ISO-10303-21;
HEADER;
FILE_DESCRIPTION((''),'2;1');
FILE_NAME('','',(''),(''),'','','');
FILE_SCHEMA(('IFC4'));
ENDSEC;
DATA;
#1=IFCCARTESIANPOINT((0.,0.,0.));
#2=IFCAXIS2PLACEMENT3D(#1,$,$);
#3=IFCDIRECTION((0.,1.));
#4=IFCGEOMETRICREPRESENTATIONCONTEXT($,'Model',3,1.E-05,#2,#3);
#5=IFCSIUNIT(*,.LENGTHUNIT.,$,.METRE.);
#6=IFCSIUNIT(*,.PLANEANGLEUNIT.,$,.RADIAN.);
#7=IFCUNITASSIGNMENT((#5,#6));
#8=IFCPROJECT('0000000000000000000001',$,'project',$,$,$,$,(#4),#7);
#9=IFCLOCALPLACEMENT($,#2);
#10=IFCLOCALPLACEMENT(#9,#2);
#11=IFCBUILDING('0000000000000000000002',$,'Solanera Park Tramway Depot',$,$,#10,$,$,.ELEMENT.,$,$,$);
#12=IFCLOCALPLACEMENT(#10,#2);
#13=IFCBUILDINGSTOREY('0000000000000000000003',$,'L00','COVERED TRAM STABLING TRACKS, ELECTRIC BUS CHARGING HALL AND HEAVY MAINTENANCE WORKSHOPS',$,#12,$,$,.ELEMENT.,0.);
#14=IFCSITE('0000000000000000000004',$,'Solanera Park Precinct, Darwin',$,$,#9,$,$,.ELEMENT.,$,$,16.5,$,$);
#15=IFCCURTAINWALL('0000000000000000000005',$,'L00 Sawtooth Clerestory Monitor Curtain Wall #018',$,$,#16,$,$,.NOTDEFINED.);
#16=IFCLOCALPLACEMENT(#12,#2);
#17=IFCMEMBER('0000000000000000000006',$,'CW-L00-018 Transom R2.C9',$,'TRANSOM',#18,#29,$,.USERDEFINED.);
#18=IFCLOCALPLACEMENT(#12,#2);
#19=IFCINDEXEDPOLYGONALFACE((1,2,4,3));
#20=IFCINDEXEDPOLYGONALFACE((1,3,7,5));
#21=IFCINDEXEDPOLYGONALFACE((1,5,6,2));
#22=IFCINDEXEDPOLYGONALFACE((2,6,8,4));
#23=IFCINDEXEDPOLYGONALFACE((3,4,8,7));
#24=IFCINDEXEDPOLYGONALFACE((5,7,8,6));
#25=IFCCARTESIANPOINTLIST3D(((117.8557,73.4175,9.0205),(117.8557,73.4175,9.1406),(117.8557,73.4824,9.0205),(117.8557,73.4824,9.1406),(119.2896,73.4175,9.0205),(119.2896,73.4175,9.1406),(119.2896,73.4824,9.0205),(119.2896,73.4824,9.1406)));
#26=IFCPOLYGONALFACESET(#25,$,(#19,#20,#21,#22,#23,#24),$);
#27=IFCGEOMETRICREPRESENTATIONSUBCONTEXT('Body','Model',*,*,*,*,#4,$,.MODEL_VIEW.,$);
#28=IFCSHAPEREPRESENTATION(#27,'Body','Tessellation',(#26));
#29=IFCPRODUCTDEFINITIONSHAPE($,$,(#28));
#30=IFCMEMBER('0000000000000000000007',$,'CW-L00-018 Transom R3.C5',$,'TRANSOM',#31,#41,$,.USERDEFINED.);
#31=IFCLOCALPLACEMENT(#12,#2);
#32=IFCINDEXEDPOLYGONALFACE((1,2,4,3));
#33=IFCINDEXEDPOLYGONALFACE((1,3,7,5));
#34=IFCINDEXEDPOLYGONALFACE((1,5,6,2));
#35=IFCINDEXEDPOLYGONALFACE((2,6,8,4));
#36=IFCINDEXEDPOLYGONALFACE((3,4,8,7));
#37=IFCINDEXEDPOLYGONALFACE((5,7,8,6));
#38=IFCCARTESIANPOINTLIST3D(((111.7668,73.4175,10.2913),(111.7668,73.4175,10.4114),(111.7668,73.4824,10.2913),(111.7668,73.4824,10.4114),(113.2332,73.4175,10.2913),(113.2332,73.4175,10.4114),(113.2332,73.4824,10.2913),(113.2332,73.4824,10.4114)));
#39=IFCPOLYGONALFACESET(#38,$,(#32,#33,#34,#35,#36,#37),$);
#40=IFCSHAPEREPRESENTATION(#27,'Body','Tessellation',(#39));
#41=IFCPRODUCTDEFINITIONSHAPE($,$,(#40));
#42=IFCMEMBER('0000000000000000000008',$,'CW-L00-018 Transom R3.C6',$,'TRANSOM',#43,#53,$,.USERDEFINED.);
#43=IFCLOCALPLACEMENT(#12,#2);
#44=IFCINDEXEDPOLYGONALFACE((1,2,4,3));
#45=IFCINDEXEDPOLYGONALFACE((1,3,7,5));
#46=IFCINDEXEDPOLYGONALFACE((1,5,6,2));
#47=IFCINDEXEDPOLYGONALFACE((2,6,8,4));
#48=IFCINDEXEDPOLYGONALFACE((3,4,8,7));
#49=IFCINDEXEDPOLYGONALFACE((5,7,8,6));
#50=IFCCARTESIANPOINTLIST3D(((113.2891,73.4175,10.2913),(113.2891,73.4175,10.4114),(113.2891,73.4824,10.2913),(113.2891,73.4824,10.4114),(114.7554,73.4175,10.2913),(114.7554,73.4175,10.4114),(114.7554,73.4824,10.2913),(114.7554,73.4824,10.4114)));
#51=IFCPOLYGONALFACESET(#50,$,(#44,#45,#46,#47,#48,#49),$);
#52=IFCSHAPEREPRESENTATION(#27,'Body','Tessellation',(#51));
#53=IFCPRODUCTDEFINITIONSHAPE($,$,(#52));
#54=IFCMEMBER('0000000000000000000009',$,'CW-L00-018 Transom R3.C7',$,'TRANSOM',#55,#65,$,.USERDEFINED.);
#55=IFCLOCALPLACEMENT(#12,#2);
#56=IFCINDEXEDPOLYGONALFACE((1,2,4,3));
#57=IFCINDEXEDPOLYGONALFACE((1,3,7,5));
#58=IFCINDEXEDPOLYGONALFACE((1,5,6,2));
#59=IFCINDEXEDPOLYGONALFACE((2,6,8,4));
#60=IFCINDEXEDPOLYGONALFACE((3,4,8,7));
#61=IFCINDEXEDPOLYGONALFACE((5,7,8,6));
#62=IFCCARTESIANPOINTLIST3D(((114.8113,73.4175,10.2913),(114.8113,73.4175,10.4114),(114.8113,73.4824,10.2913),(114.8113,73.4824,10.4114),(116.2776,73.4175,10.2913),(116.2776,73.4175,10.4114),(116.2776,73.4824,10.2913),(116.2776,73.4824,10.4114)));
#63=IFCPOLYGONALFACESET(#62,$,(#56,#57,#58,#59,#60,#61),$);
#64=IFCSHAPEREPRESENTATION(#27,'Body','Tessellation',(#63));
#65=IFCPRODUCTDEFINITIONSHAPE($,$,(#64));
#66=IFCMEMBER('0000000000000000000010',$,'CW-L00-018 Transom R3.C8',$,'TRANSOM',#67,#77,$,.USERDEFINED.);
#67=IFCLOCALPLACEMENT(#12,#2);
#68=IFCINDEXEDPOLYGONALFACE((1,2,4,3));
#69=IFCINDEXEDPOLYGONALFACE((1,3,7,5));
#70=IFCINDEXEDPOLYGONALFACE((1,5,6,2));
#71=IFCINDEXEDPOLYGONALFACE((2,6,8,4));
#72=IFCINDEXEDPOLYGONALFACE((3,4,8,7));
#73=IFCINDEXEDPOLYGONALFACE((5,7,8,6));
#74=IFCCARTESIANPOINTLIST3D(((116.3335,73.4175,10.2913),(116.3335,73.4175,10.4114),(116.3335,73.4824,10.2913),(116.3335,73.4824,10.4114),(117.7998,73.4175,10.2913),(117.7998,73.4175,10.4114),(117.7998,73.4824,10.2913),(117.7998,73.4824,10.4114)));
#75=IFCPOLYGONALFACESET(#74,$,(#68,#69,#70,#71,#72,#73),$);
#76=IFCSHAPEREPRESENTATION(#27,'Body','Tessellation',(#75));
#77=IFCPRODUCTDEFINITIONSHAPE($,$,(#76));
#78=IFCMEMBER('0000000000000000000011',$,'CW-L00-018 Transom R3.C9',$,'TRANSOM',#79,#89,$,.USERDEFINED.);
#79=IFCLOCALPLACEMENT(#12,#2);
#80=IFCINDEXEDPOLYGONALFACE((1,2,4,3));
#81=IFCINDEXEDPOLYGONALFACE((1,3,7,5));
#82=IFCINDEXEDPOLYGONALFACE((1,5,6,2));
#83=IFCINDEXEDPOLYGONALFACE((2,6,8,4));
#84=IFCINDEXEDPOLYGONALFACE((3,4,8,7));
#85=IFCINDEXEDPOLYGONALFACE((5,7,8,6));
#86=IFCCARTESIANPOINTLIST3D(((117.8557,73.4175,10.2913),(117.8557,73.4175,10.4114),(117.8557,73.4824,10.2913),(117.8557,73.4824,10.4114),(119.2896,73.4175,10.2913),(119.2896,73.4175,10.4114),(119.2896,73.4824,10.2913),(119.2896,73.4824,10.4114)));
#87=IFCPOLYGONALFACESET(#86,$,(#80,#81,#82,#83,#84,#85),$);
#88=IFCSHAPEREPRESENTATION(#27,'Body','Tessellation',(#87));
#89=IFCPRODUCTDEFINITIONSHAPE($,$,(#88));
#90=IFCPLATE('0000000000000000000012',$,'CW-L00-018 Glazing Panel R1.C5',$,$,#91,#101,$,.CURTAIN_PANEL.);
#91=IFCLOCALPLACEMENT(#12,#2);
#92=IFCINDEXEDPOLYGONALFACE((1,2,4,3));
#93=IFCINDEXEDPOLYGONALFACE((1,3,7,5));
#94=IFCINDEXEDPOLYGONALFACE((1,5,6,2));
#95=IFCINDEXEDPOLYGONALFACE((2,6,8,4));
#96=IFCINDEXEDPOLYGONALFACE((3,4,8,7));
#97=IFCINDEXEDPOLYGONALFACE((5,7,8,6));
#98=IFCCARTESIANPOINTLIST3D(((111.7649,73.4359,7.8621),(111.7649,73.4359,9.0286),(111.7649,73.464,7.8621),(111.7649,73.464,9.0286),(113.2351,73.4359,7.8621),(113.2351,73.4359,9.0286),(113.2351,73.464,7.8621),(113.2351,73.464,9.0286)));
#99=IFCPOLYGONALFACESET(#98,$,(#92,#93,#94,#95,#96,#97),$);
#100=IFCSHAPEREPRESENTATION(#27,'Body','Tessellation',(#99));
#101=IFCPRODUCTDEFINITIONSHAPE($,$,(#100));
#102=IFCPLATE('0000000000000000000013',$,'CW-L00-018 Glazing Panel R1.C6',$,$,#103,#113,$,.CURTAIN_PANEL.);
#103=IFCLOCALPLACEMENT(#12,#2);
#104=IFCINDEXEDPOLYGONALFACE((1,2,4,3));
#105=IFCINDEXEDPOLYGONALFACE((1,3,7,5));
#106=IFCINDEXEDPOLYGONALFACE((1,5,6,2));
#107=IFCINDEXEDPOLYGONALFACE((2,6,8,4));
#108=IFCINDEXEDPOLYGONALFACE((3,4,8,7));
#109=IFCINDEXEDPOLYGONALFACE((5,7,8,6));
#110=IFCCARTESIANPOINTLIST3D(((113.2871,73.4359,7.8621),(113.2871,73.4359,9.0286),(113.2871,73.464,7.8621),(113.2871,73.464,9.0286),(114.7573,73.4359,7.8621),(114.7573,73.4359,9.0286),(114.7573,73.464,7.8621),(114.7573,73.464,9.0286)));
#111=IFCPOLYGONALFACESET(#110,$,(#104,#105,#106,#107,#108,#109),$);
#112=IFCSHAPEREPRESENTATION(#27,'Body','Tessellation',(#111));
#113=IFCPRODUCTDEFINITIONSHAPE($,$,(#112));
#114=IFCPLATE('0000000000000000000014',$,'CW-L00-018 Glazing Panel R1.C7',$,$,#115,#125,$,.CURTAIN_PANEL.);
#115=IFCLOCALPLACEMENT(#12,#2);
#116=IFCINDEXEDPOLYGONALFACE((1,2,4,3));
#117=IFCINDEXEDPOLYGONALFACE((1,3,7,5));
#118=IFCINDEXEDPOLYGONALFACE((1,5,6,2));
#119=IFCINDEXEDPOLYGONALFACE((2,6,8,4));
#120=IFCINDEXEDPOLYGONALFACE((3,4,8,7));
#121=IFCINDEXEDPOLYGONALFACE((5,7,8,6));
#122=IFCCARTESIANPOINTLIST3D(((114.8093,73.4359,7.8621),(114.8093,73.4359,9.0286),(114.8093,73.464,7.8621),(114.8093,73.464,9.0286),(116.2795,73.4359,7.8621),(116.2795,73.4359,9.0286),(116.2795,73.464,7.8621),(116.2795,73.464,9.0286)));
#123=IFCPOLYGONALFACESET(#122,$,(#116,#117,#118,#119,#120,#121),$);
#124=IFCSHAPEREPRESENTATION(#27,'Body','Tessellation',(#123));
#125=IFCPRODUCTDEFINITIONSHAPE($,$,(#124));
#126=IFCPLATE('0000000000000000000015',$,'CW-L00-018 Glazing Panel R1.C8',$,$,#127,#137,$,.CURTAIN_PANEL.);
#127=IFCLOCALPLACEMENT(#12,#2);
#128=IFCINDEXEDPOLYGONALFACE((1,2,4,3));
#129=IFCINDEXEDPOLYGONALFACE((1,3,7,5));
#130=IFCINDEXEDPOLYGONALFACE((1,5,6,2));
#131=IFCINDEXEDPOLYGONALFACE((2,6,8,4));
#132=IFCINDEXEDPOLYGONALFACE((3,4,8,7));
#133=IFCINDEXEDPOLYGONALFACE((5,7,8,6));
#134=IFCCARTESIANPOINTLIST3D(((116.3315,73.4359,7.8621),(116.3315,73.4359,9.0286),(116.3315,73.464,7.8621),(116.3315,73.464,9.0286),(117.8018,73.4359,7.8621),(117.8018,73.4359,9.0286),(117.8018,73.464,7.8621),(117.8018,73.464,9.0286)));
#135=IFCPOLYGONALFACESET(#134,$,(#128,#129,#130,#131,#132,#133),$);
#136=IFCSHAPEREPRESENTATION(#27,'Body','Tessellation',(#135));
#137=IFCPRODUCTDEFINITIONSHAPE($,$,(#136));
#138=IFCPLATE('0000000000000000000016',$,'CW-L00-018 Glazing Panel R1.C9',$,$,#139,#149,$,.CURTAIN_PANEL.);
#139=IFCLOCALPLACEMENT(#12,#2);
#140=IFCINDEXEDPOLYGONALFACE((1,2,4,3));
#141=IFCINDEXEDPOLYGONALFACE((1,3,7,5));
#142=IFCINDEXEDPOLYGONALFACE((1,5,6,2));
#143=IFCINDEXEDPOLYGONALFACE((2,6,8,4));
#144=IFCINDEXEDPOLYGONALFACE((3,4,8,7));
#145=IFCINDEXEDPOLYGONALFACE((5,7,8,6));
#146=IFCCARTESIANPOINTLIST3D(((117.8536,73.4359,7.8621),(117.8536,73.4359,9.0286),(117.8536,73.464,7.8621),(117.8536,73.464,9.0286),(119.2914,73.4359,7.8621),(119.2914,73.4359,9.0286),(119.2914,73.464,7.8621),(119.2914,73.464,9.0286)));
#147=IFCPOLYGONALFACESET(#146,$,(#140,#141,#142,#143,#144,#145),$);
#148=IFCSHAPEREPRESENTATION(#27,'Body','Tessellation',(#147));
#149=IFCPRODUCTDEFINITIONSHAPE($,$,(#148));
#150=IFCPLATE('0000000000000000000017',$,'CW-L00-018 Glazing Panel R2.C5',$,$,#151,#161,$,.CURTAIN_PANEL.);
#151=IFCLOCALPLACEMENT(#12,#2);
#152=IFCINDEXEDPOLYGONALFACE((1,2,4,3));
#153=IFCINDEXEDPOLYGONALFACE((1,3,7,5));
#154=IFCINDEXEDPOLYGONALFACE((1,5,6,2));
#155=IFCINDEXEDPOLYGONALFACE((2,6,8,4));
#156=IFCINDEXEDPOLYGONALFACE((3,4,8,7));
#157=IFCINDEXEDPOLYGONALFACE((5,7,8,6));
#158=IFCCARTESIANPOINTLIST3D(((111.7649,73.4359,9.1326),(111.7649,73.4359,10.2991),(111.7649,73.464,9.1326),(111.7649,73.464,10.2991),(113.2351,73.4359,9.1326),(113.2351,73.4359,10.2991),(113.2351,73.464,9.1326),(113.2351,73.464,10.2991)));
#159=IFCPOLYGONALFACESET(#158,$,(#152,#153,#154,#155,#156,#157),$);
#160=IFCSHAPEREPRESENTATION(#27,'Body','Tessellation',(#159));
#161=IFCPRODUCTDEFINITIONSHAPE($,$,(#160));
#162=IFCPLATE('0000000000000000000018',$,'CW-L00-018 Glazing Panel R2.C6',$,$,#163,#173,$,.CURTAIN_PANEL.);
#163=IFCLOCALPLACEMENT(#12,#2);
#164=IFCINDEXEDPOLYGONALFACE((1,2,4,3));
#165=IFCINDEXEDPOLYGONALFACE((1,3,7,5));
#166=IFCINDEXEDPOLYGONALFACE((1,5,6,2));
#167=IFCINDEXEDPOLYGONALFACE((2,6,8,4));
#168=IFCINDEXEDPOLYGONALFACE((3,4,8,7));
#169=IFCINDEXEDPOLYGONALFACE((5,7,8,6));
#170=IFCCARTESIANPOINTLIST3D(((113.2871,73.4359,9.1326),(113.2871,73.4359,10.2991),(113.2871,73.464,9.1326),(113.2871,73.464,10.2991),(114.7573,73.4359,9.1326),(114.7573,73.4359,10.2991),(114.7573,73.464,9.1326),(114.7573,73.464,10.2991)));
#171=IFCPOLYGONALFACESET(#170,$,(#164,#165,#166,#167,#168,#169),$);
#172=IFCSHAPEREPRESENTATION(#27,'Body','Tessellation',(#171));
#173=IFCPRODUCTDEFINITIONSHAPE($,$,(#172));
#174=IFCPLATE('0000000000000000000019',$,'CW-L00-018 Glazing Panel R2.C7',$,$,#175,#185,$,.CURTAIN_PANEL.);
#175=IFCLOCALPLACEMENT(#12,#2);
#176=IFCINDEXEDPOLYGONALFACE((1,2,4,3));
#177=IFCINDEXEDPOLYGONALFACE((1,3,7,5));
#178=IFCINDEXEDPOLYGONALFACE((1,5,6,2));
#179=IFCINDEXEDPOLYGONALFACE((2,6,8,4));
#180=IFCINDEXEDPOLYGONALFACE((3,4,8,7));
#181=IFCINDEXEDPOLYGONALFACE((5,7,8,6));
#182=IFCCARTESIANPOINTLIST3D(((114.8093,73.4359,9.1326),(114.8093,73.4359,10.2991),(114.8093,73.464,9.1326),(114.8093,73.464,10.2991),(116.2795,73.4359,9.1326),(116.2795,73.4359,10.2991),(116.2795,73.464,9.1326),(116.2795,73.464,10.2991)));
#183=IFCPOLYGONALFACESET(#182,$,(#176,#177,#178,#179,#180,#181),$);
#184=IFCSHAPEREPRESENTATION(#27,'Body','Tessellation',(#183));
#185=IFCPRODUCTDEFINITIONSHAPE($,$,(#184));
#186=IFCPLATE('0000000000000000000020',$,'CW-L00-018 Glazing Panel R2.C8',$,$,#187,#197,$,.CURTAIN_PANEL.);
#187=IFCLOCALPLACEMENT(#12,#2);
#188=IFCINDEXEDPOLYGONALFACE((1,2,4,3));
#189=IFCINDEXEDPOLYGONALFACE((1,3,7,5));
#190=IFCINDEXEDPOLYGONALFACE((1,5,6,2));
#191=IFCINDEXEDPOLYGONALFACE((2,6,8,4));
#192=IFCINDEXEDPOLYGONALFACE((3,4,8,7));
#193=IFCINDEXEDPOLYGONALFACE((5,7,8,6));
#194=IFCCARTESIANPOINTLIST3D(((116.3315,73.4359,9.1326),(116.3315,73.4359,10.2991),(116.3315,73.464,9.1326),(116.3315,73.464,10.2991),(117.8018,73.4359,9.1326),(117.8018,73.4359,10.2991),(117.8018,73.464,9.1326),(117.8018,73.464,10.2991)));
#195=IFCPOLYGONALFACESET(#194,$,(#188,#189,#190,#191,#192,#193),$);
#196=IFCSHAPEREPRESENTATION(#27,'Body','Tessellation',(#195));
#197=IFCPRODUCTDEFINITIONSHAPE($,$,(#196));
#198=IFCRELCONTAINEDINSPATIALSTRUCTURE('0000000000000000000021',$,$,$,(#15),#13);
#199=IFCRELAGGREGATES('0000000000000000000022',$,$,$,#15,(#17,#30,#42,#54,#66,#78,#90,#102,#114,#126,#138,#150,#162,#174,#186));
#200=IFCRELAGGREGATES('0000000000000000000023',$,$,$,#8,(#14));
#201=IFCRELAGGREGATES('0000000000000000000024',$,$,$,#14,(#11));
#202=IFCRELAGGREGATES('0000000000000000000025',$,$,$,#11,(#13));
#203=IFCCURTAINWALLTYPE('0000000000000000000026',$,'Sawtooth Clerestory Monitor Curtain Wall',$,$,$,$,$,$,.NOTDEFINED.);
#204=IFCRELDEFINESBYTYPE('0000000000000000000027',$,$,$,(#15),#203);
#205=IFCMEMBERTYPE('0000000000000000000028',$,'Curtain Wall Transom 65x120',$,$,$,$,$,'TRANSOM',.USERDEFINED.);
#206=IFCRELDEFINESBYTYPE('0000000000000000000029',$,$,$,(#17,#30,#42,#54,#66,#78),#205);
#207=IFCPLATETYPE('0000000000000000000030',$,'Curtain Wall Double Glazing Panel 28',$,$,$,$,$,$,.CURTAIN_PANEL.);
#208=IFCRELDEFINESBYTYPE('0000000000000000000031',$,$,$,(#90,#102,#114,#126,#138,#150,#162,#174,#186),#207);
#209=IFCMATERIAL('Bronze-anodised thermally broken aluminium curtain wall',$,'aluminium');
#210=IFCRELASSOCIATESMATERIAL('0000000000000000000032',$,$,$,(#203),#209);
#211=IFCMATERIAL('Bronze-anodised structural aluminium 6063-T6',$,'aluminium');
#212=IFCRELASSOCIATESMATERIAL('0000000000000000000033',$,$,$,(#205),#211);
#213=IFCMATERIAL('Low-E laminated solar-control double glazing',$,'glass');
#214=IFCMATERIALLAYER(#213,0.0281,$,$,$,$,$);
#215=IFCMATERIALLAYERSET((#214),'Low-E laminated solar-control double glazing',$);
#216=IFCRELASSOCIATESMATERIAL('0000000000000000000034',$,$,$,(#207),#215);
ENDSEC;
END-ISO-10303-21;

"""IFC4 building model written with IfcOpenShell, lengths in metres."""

from ifc_helpers import new_model, si_unit, direction, frame, origin, origin_2d, place, context, subcontext, project, spatial, rectangle, extrude, material, layer, layer_set, material_profile, profile_set, type_object, element, aggregate, save


model = new_model("IFC4")

# Units and contexts
model_context = context("Model", 3, precision=1e-05, world=origin(), true_north=direction((0.0, 1.0)))
body_context = subcontext(model_context, "Body", "Model", "MODEL_VIEW")
ifc_project = project(units=[si_unit("LENGTHUNIT", "METRE"), si_unit("PLANEANGLEUNIT", "RADIAN")], contexts=[model_context])

# Site, building, storey
site_placement = place(None, origin())
site = spatial("IfcSite", under=ifc_project, at=site_placement, Name="Solanera Park Precinct, Darwin", CompositionType="ELEMENT", RefElevation=16.5)
building_placement = place(site_placement, origin())
building = spatial("IfcBuilding", under=site, at=building_placement, Name="Solanera Park Tramway Depot", CompositionType="ELEMENT")
storey_placement = place(building_placement, origin())
storey = spatial("IfcBuildingStorey", under=building, at=storey_placement, Name="L00", Description="COVERED TRAM STABLING TRACKS, ELECTRIC BUS CHARGING HALL AND HEAVY MAINTENANCE WORKSHOPS", CompositionType="ELEMENT", Elevation=0.0)

# Curtain wall, members, plates
ifc_material_1 = material(Name="Bronze-anodised thermally broken aluminium curtain wall", Category="aluminium")
curtain_wall_type = type_object("IfcCurtainWallType", Name="Sawtooth Clerestory Monitor Curtain Wall", PredefinedType="NOTDEFINED", material=ifc_material_1)
curtain_wall_placement = place(storey_placement, origin())
curtain_wall = element("IfcCurtainWall", 1, at=curtain_wall_placement, inside=storey, type_object=curtain_wall_type, Name="L00 Sawtooth Clerestory Monitor Curtain Wall #018", PredefinedType="NOTDEFINED")
ifc_material_2 = material(Name="Bronze-anodised structural aluminium 6063-T6", Category="aluminium")
ifc_material_profile_1 = material_profile(ifc_material_2, rectangle(XDim=0.0649, YDim=0.1201, at=origin_2d()), Name="Curtain Wall Transom 65x120")
ifc_profile_set_1 = profile_set([ifc_material_profile_1], Name="Bronze-anodised structural aluminium 6063-T6")
member_type_1 = type_object("IfcMemberType", Name="Curtain Wall Transom 65x120", ElementType="TRANSOM", PredefinedType="USERDEFINED", material=ifc_profile_set_1)
member_1_placement = place(storey_placement, frame((117.8557, 73.45, 9.0806), z_axis=(1.0, 0.0, 0.0), x_axis=(0.0, 1.0, 0.0)))
member_1 = element("IfcMember", 2, at=member_1_placement, type_object=member_type_1, Name="CW-L00-018 Transom R2.C9", ObjectType="TRANSOM", PredefinedType="USERDEFINED", context=body_context, shape_type="SweptSolid", body=[
    extrude(rectangle(XDim=0.0649, YDim=0.1201, at=origin_2d()), origin(), (0.0, 0.0, 1.0), 1.4338),
])
member_2_placement = place(storey_placement, frame((111.7668, 73.45, 10.3513), z_axis=(1.0, 0.0, 0.0), x_axis=(0.0, 1.0, 0.0)))
member_2 = element("IfcMember", 3, at=member_2_placement, type_object=member_type_1, Name="CW-L00-018 Transom R3.C5", ObjectType="TRANSOM", PredefinedType="USERDEFINED", context=body_context, shape_type="SweptSolid", body=[
    extrude(rectangle(XDim=0.0649, YDim=0.1201, at=origin_2d()), origin(), (0.0, 0.0, 1.0), 1.4663),
])
member_3_placement = place(storey_placement, frame((113.2891, 73.45, 10.3513), z_axis=(1.0, 0.0, 0.0), x_axis=(0.0, 1.0, 0.0)))
member_3 = element("IfcMember", 4, at=member_3_placement, type_object=member_type_1, Name="CW-L00-018 Transom R3.C6", ObjectType="TRANSOM", PredefinedType="USERDEFINED", context=body_context, shape_type="SweptSolid", body=[
    extrude(rectangle(XDim=0.0649, YDim=0.1201, at=origin_2d()), origin(), (0.0, 0.0, 1.0), 1.4663),
])
member_4_placement = place(storey_placement, frame((114.8113, 73.45, 10.3513), z_axis=(1.0, 0.0, 0.0), x_axis=(0.0, 1.0, 0.0)))
member_4 = element("IfcMember", 5, at=member_4_placement, type_object=member_type_1, Name="CW-L00-018 Transom R3.C7", ObjectType="TRANSOM", PredefinedType="USERDEFINED", context=body_context, shape_type="SweptSolid", body=[
    extrude(rectangle(XDim=0.0649, YDim=0.1201, at=origin_2d()), origin(), (0.0, 0.0, 1.0), 1.4663),
])
member_5_placement = place(storey_placement, frame((116.3335, 73.45, 10.3513), z_axis=(1.0, 0.0, 0.0), x_axis=(0.0, 1.0, 0.0)))
member_5 = element("IfcMember", 6, at=member_5_placement, type_object=member_type_1, Name="CW-L00-018 Transom R3.C8", ObjectType="TRANSOM", PredefinedType="USERDEFINED", context=body_context, shape_type="SweptSolid", body=[
    extrude(rectangle(XDim=0.0649, YDim=0.1201, at=origin_2d()), origin(), (0.0, 0.0, 1.0), 1.4663),
])
member_6_placement = place(storey_placement, frame((117.8557, 73.45, 10.3513), z_axis=(1.0, 0.0, 0.0), x_axis=(0.0, 1.0, 0.0)))
member_6 = element("IfcMember", 7, at=member_6_placement, type_object=member_type_1, Name="CW-L00-018 Transom R3.C9", ObjectType="TRANSOM", PredefinedType="USERDEFINED", context=body_context, shape_type="SweptSolid", body=[
    extrude(rectangle(XDim=0.0649, YDim=0.1201, at=origin_2d()), origin(), (0.0, 0.0, 1.0), 1.4338),
])
ifc_material_3 = material(Name="Low-E laminated solar-control double glazing", Category="glass")
ifc_layer_1 = layer(ifc_material_3, 0.0281)
ifc_layer_set_1 = layer_set([ifc_layer_1], Name="Low-E laminated solar-control double glazing")
plate_type_1 = type_object("IfcPlateType", Name="Curtain Wall Double Glazing Panel 28", PredefinedType="CURTAIN_PANEL", material=ifc_layer_set_1)
plate_1_placement = place(storey_placement, frame((112.5, 73.45, 7.8621), z_axis=(0.0, 0.0, 1.0), x_axis=(1.0, 0.0, 0.0)))
plate_1 = element("IfcPlate", 8, at=plate_1_placement, type_object=plate_type_1, Name="CW-L00-018 Glazing Panel R1.C5", PredefinedType="CURTAIN_PANEL", context=body_context, shape_type="SweptSolid", body=[
    extrude(rectangle(XDim=1.4702, YDim=0.0281, at=origin_2d()), origin(), (0.0, 0.0, 1.0), 1.1665),
])
plate_2_placement = place(storey_placement, frame((114.0222, 73.45, 7.8621), z_axis=(0.0, 0.0, 1.0), x_axis=(1.0, 0.0, 0.0)))
plate_2 = element("IfcPlate", 9, at=plate_2_placement, type_object=plate_type_1, Name="CW-L00-018 Glazing Panel R1.C6", PredefinedType="CURTAIN_PANEL", context=body_context, shape_type="SweptSolid", body=[
    extrude(rectangle(XDim=1.4702, YDim=0.0281, at=origin_2d()), origin(), (0.0, 0.0, 1.0), 1.1665),
])
plate_3_placement = place(storey_placement, frame((115.5444, 73.45, 7.8621), z_axis=(0.0, 0.0, 1.0), x_axis=(1.0, 0.0, 0.0)))
plate_3 = element("IfcPlate", 10, at=plate_3_placement, type_object=plate_type_1, Name="CW-L00-018 Glazing Panel R1.C7", PredefinedType="CURTAIN_PANEL", context=body_context, shape_type="SweptSolid", body=[
    extrude(rectangle(XDim=1.4702, YDim=0.0281, at=origin_2d()), origin(), (0.0, 0.0, 1.0), 1.1665),
])
plate_4_placement = place(storey_placement, frame((117.0667, 73.45, 7.8621), z_axis=(0.0, 0.0, 1.0), x_axis=(1.0, 0.0, 0.0)))
plate_4 = element("IfcPlate", 11, at=plate_4_placement, type_object=plate_type_1, Name="CW-L00-018 Glazing Panel R1.C8", PredefinedType="CURTAIN_PANEL", context=body_context, shape_type="SweptSolid", body=[
    extrude(rectangle(XDim=1.4702, YDim=0.0281, at=origin_2d()), origin(), (0.0, 0.0, 1.0), 1.1665),
])
plate_5_placement = place(storey_placement, frame((118.5725, 73.45, 7.8621), z_axis=(0.0, 0.0, 1.0), x_axis=(1.0, 0.0, 0.0)))
plate_5 = element("IfcPlate", 12, at=plate_5_placement, type_object=plate_type_1, Name="CW-L00-018 Glazing Panel R1.C9", PredefinedType="CURTAIN_PANEL", context=body_context, shape_type="SweptSolid", body=[
    extrude(rectangle(XDim=1.4377, YDim=0.0281, at=origin_2d()), origin(), (0.0, 0.0, 1.0), 1.1665),
])
plate_6_placement = place(storey_placement, frame((112.5, 73.45, 9.1326), z_axis=(0.0, 0.0, 1.0), x_axis=(1.0, 0.0, 0.0)))
plate_6 = element("IfcPlate", 13, at=plate_6_placement, type_object=plate_type_1, Name="CW-L00-018 Glazing Panel R2.C5", PredefinedType="CURTAIN_PANEL", context=body_context, shape_type="SweptSolid", body=[
    extrude(rectangle(XDim=1.4702, YDim=0.0281, at=origin_2d()), origin(), (0.0, 0.0, 1.0), 1.1665),
])
plate_7_placement = place(storey_placement, frame((114.0222, 73.45, 9.1326), z_axis=(0.0, 0.0, 1.0), x_axis=(1.0, 0.0, 0.0)))
plate_7 = element("IfcPlate", 14, at=plate_7_placement, type_object=plate_type_1, Name="CW-L00-018 Glazing Panel R2.C6", PredefinedType="CURTAIN_PANEL", context=body_context, shape_type="SweptSolid", body=[
    extrude(rectangle(XDim=1.4702, YDim=0.0281, at=origin_2d()), origin(), (0.0, 0.0, 1.0), 1.1665),
])
plate_8_placement = place(storey_placement, frame((115.5444, 73.45, 9.1326), z_axis=(0.0, 0.0, 1.0), x_axis=(1.0, 0.0, 0.0)))
plate_8 = element("IfcPlate", 15, at=plate_8_placement, type_object=plate_type_1, Name="CW-L00-018 Glazing Panel R2.C7", PredefinedType="CURTAIN_PANEL", context=body_context, shape_type="SweptSolid", body=[
    extrude(rectangle(XDim=1.4702, YDim=0.0281, at=origin_2d()), origin(), (0.0, 0.0, 1.0), 1.1665),
])
plate_9_placement = place(storey_placement, frame((117.0667, 73.45, 9.1326), z_axis=(0.0, 0.0, 1.0), x_axis=(1.0, 0.0, 0.0)))
plate_9 = element("IfcPlate", 16, at=plate_9_placement, type_object=plate_type_1, Name="CW-L00-018 Glazing Panel R2.C8", PredefinedType="CURTAIN_PANEL", context=body_context, shape_type="SweptSolid", body=[
    extrude(rectangle(XDim=1.4702, YDim=0.0281, at=origin_2d()), origin(), (0.0, 0.0, 1.0), 1.1665),
])
aggregate(curtain_wall, [member_1, member_2, member_3, member_4, member_5, member_6, plate_1, plate_2, plate_3, plate_4, plate_5, plate_6, plate_7, plate_8, plate_9])

save(model, "model.ifc")
